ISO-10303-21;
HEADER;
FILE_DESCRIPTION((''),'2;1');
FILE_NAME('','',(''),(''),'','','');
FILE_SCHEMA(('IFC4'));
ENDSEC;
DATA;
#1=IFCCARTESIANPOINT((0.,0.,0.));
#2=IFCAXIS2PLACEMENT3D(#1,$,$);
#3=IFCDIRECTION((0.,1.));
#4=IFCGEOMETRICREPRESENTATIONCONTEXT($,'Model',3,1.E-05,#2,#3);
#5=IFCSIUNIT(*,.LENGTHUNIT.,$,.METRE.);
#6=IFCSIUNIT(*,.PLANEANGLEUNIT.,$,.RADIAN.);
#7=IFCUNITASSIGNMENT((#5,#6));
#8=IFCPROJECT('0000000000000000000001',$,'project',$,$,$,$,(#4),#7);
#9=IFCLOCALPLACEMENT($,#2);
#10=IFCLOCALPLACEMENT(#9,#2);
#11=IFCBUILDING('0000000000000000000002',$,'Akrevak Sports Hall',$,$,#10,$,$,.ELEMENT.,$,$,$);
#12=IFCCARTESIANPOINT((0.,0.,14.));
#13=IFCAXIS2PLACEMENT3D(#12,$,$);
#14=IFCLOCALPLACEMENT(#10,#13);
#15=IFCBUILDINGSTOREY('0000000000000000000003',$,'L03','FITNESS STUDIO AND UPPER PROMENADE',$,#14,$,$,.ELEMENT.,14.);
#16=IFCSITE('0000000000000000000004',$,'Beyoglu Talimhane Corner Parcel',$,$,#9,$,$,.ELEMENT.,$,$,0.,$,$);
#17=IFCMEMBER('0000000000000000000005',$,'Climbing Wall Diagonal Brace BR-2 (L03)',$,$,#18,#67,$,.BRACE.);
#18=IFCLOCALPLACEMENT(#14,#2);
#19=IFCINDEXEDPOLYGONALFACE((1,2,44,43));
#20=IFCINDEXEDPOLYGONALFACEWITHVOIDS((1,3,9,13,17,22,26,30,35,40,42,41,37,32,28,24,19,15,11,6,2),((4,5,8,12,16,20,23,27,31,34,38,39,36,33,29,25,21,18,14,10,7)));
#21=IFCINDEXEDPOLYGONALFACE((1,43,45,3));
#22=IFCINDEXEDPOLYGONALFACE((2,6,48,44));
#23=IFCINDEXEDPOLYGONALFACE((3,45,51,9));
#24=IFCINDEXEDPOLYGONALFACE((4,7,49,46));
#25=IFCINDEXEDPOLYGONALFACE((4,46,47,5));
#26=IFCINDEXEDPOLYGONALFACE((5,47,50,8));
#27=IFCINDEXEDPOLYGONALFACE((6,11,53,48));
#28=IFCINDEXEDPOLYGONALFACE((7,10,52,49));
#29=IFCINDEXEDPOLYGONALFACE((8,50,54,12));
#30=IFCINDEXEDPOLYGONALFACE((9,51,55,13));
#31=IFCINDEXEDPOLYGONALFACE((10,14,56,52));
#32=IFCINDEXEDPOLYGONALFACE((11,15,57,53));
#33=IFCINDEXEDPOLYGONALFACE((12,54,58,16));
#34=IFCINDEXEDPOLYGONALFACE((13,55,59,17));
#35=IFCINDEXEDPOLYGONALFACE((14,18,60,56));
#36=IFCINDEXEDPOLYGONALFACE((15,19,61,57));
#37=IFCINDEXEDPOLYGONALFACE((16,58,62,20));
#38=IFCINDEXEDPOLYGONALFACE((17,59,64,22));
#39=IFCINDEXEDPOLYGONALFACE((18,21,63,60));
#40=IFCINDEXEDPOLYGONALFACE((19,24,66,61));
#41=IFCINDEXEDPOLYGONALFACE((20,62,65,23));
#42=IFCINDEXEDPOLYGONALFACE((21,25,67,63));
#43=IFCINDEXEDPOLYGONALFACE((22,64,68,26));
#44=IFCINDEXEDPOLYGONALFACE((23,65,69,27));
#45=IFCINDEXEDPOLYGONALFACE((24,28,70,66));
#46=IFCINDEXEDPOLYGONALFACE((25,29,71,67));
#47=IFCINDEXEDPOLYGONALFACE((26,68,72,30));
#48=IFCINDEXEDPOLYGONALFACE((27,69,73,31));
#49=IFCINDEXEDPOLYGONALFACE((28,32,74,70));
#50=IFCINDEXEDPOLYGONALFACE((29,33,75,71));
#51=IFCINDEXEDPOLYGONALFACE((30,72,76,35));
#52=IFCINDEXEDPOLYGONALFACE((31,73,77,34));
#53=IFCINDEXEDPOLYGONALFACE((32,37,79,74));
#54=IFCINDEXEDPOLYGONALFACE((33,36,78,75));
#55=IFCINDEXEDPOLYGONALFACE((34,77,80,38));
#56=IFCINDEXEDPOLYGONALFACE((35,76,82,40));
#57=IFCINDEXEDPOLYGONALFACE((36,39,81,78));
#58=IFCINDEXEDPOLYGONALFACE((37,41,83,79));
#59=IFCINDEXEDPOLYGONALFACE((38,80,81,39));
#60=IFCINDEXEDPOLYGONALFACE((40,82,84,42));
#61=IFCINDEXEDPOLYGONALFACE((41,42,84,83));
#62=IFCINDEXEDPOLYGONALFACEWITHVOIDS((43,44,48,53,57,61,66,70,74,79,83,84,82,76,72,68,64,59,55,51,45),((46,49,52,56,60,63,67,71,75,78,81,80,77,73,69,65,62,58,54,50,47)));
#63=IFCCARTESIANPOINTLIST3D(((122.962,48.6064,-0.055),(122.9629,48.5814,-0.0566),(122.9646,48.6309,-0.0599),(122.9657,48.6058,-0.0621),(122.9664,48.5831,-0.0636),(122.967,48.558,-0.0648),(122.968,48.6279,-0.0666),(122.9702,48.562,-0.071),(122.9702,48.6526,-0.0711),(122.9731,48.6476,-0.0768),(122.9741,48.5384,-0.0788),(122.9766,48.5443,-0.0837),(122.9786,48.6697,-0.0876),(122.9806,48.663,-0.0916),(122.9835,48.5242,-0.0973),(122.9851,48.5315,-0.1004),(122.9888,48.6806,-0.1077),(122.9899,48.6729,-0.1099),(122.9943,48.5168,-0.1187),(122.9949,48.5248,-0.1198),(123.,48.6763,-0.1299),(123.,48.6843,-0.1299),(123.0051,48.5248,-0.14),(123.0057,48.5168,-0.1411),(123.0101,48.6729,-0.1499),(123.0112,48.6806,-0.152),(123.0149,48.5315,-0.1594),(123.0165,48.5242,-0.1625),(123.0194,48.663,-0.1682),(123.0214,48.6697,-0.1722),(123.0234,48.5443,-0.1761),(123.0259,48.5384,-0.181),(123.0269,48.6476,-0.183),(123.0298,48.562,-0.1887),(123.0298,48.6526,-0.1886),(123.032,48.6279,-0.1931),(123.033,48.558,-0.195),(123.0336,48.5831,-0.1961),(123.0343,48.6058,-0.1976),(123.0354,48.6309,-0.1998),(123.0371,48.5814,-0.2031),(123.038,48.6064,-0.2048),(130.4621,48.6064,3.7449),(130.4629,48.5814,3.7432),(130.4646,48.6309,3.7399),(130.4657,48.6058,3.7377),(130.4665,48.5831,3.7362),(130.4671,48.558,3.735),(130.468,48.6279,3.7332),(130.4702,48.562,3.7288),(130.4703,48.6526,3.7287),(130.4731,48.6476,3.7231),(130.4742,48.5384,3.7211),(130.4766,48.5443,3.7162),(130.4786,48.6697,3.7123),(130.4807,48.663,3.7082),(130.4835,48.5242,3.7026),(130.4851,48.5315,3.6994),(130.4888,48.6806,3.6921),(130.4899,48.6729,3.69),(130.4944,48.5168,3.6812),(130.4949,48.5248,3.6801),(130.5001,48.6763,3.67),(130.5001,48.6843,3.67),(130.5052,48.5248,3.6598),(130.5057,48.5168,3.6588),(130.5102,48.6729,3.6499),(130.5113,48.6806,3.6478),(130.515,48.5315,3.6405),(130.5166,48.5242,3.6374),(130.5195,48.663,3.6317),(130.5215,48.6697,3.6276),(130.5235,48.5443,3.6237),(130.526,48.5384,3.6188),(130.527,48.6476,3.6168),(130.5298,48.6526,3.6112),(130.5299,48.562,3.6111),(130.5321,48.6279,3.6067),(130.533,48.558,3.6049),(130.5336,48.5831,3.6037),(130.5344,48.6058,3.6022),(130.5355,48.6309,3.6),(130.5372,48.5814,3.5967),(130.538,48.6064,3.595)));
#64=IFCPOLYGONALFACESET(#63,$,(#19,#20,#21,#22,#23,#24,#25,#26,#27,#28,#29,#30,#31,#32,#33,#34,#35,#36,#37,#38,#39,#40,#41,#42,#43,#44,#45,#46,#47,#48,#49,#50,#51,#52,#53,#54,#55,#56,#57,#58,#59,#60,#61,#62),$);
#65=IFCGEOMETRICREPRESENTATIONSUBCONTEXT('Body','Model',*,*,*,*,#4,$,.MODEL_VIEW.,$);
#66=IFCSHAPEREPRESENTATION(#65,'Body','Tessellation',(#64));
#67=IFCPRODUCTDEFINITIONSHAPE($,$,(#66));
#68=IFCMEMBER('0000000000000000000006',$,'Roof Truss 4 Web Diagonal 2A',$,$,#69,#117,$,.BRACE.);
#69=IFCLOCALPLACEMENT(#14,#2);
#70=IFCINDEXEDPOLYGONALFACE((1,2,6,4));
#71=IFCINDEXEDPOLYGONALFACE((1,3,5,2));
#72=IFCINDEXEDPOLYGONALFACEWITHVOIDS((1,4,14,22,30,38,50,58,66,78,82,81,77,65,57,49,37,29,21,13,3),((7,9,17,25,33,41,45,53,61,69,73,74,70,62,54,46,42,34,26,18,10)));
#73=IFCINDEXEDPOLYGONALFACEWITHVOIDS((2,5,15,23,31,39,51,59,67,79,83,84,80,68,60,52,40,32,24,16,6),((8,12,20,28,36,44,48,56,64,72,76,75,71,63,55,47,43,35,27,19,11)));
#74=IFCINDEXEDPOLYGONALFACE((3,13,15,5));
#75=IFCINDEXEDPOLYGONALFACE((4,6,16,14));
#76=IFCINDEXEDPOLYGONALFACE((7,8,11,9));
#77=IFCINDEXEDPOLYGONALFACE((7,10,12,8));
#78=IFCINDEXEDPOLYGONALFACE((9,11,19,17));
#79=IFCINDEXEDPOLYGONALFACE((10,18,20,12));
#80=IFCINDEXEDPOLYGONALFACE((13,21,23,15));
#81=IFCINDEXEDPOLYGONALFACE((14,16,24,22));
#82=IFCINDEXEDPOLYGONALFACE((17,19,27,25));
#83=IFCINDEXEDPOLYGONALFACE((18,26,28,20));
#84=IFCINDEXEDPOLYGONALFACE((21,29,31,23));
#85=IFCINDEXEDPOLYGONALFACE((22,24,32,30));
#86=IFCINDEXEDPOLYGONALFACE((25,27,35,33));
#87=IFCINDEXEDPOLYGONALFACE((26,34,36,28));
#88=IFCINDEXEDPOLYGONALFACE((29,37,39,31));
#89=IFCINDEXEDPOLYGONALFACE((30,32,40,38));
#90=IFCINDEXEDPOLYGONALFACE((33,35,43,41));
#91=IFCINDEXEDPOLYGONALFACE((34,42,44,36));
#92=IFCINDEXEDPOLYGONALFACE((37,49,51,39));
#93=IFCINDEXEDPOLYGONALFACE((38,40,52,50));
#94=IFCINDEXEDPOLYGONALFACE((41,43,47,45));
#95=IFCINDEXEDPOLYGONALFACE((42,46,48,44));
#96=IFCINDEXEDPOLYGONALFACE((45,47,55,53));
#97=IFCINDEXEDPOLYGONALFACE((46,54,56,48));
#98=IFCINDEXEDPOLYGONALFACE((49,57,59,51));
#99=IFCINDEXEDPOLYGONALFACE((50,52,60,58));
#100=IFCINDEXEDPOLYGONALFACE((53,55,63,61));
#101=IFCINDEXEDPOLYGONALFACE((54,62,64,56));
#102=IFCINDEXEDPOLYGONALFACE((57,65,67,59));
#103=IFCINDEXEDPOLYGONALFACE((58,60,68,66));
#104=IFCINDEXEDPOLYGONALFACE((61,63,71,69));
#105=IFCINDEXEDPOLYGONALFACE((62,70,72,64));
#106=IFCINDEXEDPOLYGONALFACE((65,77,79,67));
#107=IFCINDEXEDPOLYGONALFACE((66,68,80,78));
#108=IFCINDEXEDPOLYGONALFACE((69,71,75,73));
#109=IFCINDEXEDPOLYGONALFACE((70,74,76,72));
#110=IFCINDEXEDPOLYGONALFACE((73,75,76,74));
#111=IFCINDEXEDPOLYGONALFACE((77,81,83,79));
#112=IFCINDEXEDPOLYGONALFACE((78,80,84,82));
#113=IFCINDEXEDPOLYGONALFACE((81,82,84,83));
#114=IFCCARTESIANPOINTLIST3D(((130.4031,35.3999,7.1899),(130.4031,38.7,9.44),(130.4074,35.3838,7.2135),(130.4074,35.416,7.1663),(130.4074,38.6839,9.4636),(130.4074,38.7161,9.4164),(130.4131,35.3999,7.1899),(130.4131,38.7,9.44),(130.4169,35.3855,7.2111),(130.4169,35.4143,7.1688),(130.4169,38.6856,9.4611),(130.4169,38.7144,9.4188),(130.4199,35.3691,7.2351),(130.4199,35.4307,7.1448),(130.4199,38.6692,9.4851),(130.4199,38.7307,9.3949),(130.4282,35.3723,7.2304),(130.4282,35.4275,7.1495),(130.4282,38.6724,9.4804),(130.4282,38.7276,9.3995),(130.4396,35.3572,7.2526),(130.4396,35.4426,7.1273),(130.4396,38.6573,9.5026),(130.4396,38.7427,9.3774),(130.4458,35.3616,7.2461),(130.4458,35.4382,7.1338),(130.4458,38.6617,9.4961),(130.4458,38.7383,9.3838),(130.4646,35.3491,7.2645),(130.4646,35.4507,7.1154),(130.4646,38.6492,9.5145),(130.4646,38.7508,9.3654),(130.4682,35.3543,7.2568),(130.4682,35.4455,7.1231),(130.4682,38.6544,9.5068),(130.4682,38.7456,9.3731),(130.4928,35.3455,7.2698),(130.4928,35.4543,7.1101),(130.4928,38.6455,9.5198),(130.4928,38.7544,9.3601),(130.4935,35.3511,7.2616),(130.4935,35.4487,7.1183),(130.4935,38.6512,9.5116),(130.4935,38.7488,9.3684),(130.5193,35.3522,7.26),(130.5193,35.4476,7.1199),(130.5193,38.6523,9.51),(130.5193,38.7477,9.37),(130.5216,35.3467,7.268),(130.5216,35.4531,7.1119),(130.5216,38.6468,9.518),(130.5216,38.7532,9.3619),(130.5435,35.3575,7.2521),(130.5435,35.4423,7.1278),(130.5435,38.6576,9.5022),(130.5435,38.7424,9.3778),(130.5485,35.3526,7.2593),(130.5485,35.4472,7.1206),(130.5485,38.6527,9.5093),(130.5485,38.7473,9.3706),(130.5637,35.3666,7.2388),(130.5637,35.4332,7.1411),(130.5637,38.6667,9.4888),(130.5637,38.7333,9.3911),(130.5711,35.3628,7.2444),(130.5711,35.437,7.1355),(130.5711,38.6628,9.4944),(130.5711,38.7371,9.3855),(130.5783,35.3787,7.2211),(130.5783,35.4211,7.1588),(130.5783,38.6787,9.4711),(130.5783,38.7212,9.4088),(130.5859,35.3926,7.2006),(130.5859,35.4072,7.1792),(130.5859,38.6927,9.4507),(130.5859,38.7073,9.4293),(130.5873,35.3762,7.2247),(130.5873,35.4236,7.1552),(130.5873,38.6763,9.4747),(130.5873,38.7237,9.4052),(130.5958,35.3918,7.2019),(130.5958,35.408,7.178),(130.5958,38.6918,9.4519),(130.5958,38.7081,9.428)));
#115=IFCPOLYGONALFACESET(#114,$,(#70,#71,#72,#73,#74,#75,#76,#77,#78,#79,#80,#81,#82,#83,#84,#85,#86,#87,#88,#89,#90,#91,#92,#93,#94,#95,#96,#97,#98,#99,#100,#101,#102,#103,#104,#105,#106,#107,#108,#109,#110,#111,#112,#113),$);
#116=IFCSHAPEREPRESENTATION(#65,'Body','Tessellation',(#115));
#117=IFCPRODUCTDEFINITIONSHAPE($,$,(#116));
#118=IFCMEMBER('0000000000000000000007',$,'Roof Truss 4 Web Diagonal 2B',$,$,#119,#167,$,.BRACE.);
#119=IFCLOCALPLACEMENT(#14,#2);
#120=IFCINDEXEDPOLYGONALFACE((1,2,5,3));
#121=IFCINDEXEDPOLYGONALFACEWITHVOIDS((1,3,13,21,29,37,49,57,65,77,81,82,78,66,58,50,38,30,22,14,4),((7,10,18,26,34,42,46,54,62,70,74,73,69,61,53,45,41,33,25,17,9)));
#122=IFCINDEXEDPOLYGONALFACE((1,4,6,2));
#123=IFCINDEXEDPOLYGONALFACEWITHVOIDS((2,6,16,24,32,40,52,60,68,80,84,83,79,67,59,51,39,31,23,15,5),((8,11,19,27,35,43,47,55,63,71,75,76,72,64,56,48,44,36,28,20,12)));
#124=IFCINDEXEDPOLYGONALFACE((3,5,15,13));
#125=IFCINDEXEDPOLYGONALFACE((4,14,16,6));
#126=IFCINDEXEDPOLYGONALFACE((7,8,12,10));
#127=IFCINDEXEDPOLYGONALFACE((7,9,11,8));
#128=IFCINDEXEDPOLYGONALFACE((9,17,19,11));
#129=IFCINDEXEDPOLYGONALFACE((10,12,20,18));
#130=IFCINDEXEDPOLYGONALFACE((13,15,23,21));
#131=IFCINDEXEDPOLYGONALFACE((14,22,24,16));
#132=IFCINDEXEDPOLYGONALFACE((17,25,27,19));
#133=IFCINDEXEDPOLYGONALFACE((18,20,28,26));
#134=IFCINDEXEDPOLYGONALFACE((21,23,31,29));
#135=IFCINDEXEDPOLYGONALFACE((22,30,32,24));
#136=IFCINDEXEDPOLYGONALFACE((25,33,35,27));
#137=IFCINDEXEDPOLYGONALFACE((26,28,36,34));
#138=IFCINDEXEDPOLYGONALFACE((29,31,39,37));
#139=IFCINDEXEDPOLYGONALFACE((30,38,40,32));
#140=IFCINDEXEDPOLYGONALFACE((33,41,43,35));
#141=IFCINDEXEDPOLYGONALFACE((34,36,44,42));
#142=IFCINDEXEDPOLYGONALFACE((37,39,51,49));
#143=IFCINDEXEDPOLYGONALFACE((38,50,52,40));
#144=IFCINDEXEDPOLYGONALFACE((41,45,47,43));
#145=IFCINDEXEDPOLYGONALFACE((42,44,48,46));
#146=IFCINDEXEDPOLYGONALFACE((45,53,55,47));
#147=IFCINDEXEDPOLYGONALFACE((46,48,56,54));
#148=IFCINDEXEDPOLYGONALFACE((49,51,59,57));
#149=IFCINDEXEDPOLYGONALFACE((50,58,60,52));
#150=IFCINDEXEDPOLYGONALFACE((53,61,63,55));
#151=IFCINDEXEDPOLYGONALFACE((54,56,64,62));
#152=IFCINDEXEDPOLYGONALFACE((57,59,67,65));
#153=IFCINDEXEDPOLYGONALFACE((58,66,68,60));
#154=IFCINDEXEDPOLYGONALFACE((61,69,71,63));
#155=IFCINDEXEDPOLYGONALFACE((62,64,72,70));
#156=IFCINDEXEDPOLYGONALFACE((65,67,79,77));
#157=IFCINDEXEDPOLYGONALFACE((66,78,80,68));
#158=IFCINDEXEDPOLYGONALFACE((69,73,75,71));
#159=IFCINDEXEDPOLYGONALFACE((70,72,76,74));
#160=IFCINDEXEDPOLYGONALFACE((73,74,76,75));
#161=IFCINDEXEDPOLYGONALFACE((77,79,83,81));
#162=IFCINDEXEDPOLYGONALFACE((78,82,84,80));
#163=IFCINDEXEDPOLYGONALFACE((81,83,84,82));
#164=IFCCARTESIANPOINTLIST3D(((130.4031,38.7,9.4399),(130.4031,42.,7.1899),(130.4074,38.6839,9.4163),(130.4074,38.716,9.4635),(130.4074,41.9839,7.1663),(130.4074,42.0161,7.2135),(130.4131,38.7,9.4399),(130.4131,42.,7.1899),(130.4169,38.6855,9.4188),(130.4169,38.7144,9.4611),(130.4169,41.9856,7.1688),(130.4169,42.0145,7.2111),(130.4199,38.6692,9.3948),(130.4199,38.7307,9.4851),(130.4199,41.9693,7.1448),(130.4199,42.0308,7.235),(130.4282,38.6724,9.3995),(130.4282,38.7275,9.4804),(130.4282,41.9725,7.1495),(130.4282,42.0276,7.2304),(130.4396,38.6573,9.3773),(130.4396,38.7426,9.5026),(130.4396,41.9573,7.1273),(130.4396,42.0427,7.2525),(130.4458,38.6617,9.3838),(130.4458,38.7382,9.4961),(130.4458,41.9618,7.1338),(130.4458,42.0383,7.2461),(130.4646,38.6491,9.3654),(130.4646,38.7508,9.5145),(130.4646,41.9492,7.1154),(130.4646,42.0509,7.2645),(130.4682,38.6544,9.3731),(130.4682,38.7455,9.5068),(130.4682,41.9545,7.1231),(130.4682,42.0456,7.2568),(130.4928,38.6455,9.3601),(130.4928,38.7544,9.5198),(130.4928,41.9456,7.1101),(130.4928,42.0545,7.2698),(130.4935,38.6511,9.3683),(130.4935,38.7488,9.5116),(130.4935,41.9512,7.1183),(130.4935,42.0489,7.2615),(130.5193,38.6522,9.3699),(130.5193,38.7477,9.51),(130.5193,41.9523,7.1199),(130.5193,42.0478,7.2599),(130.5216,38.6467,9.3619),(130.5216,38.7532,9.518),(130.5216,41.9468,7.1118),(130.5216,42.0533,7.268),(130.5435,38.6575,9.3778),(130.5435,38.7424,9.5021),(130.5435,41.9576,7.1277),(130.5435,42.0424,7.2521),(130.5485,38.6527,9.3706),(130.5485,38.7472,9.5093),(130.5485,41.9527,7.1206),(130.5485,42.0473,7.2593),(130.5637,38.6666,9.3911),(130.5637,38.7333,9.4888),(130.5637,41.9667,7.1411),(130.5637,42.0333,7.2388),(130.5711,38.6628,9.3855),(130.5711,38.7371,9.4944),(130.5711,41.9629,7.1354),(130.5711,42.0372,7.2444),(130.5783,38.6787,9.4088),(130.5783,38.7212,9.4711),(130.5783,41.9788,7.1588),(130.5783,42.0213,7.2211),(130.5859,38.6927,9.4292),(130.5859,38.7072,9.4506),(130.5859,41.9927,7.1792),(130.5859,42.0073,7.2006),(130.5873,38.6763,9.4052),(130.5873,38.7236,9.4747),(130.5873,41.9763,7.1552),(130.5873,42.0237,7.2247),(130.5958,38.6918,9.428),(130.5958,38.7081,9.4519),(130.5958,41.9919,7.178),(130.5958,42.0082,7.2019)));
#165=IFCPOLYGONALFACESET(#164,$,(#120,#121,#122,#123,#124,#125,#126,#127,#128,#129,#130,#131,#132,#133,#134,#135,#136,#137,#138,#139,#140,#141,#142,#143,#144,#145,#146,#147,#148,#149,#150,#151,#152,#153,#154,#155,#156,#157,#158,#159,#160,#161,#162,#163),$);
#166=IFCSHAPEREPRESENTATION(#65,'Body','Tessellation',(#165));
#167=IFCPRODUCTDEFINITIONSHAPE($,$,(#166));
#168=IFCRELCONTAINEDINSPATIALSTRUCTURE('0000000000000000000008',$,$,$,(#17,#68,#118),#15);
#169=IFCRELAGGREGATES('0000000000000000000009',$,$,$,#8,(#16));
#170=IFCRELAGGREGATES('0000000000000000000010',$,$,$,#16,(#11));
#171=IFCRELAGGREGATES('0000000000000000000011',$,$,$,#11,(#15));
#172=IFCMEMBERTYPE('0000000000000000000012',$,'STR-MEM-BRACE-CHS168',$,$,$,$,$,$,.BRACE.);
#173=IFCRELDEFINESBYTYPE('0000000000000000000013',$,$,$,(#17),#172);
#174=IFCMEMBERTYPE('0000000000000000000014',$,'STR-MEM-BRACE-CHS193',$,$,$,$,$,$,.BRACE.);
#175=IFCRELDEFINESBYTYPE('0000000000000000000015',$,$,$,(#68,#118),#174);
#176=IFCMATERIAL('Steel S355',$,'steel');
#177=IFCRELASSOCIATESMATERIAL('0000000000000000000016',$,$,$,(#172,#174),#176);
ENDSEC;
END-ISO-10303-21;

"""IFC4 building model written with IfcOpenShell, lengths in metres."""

from ifc_helpers import new_model, si_unit, direction, frame, origin, origin_2d, place, context, subcontext, project, spatial, hollow_circle, extrude, material, material_profile, profile_set, type_object, element, save


model = new_model("IFC4")

# Units and contexts
model_context = context("Model", 3, precision=1e-05, world=origin(), true_north=direction((0.0, 1.0)))
body_context = subcontext(model_context, "Body", "Model", "MODEL_VIEW")
ifc_project = project(units=[si_unit("LENGTHUNIT", "METRE"), si_unit("PLANEANGLEUNIT", "RADIAN")], contexts=[model_context])

# Site, building, storey
site_placement = place(None, origin())
site = spatial("IfcSite", under=ifc_project, at=site_placement, Name="Beyoglu Talimhane Corner Parcel", CompositionType="ELEMENT", RefElevation=0.0)
building_placement = place(site_placement, origin())
building = spatial("IfcBuilding", under=site, at=building_placement, Name="Akrevak Sports Hall", CompositionType="ELEMENT")
storey_placement = place(building_placement, frame((0.0, 0.0, 14.0)))
storey = spatial("IfcBuildingStorey", under=building, at=storey_placement, Name="L03", Description="FITNESS STUDIO AND UPPER PROMENADE", CompositionType="ELEMENT", Elevation=14.0)

# Shared definitions
ifc_material_1 = material(Name="Steel S355", Category="steel")

# Members
ifc_material_profile_1 = material_profile(ifc_material_1, hollow_circle(Radius=0.0842, WallThickness=0.0081, at=origin_2d()), Name="CHS 168.3x8", Category="steel")
ifc_profile_set_1 = profile_set([ifc_material_profile_1], Name="Steel S355")
member_type_1 = type_object("IfcMemberType", Name="STR-MEM-BRACE-CHS168", PredefinedType="BRACE", material=ifc_profile_set_1)
for number, where, z_axis, x_axis, name in (
    (1, (123.0, 48.6001, -0.1299), (0.892045, 0.0, 0.451946), (0.0, 1.0, 0.0), "Climbing Wall Diagonal Brace BR-2 (L03)"),
):
    element("IfcMember", number, at=place(storey_placement, frame(where, z_axis=z_axis, x_axis=x_axis)), inside=storey, type_object=member_type_1, Name=name, PredefinedType="BRACE", context=body_context, shape_type="SweptSolid", body=[
        extrude(hollow_circle(Radius=0.0842, WallThickness=0.0081, at=origin_2d()), origin(), (0.0, 0.0, 1.0), 8.4077),
    ])
ifc_material_profile_2 = material_profile(ifc_material_1, hollow_circle(Radius=0.0969, WallThickness=0.01, at=origin_2d()), Name="CHS 193.7x10", Category="steel")
ifc_profile_set_2 = profile_set([ifc_material_profile_2], Name="Steel S355")
member_type_2 = type_object("IfcMemberType", Name="STR-MEM-BRACE-CHS193", PredefinedType="BRACE", material=ifc_profile_set_2)
for number, where, z_axis, x_axis, name in (
    (2, (130.5, 35.3999, 7.1899), (0.0, 0.826231, 0.563331), (-1.0, 0.0, 0.0), "Roof Truss 4 Web Diagonal 2A"),
    (3, (130.5, 38.7, 9.4399), (0.0, 0.826231, -0.563331), (-1.0, 0.0, 0.0), "Roof Truss 4 Web Diagonal 2B"),
):
    element("IfcMember", number, at=place(storey_placement, frame(where, z_axis=z_axis, x_axis=x_axis)), inside=storey, type_object=member_type_2, Name=name, PredefinedType="BRACE", context=body_context, shape_type="SweptSolid", body=[
        extrude(hollow_circle(Radius=0.0969, WallThickness=0.01, at=origin_2d()), origin(), (0.0, 0.0, 1.0), 3.9941),
    ])

save(model, "model.ifc")
